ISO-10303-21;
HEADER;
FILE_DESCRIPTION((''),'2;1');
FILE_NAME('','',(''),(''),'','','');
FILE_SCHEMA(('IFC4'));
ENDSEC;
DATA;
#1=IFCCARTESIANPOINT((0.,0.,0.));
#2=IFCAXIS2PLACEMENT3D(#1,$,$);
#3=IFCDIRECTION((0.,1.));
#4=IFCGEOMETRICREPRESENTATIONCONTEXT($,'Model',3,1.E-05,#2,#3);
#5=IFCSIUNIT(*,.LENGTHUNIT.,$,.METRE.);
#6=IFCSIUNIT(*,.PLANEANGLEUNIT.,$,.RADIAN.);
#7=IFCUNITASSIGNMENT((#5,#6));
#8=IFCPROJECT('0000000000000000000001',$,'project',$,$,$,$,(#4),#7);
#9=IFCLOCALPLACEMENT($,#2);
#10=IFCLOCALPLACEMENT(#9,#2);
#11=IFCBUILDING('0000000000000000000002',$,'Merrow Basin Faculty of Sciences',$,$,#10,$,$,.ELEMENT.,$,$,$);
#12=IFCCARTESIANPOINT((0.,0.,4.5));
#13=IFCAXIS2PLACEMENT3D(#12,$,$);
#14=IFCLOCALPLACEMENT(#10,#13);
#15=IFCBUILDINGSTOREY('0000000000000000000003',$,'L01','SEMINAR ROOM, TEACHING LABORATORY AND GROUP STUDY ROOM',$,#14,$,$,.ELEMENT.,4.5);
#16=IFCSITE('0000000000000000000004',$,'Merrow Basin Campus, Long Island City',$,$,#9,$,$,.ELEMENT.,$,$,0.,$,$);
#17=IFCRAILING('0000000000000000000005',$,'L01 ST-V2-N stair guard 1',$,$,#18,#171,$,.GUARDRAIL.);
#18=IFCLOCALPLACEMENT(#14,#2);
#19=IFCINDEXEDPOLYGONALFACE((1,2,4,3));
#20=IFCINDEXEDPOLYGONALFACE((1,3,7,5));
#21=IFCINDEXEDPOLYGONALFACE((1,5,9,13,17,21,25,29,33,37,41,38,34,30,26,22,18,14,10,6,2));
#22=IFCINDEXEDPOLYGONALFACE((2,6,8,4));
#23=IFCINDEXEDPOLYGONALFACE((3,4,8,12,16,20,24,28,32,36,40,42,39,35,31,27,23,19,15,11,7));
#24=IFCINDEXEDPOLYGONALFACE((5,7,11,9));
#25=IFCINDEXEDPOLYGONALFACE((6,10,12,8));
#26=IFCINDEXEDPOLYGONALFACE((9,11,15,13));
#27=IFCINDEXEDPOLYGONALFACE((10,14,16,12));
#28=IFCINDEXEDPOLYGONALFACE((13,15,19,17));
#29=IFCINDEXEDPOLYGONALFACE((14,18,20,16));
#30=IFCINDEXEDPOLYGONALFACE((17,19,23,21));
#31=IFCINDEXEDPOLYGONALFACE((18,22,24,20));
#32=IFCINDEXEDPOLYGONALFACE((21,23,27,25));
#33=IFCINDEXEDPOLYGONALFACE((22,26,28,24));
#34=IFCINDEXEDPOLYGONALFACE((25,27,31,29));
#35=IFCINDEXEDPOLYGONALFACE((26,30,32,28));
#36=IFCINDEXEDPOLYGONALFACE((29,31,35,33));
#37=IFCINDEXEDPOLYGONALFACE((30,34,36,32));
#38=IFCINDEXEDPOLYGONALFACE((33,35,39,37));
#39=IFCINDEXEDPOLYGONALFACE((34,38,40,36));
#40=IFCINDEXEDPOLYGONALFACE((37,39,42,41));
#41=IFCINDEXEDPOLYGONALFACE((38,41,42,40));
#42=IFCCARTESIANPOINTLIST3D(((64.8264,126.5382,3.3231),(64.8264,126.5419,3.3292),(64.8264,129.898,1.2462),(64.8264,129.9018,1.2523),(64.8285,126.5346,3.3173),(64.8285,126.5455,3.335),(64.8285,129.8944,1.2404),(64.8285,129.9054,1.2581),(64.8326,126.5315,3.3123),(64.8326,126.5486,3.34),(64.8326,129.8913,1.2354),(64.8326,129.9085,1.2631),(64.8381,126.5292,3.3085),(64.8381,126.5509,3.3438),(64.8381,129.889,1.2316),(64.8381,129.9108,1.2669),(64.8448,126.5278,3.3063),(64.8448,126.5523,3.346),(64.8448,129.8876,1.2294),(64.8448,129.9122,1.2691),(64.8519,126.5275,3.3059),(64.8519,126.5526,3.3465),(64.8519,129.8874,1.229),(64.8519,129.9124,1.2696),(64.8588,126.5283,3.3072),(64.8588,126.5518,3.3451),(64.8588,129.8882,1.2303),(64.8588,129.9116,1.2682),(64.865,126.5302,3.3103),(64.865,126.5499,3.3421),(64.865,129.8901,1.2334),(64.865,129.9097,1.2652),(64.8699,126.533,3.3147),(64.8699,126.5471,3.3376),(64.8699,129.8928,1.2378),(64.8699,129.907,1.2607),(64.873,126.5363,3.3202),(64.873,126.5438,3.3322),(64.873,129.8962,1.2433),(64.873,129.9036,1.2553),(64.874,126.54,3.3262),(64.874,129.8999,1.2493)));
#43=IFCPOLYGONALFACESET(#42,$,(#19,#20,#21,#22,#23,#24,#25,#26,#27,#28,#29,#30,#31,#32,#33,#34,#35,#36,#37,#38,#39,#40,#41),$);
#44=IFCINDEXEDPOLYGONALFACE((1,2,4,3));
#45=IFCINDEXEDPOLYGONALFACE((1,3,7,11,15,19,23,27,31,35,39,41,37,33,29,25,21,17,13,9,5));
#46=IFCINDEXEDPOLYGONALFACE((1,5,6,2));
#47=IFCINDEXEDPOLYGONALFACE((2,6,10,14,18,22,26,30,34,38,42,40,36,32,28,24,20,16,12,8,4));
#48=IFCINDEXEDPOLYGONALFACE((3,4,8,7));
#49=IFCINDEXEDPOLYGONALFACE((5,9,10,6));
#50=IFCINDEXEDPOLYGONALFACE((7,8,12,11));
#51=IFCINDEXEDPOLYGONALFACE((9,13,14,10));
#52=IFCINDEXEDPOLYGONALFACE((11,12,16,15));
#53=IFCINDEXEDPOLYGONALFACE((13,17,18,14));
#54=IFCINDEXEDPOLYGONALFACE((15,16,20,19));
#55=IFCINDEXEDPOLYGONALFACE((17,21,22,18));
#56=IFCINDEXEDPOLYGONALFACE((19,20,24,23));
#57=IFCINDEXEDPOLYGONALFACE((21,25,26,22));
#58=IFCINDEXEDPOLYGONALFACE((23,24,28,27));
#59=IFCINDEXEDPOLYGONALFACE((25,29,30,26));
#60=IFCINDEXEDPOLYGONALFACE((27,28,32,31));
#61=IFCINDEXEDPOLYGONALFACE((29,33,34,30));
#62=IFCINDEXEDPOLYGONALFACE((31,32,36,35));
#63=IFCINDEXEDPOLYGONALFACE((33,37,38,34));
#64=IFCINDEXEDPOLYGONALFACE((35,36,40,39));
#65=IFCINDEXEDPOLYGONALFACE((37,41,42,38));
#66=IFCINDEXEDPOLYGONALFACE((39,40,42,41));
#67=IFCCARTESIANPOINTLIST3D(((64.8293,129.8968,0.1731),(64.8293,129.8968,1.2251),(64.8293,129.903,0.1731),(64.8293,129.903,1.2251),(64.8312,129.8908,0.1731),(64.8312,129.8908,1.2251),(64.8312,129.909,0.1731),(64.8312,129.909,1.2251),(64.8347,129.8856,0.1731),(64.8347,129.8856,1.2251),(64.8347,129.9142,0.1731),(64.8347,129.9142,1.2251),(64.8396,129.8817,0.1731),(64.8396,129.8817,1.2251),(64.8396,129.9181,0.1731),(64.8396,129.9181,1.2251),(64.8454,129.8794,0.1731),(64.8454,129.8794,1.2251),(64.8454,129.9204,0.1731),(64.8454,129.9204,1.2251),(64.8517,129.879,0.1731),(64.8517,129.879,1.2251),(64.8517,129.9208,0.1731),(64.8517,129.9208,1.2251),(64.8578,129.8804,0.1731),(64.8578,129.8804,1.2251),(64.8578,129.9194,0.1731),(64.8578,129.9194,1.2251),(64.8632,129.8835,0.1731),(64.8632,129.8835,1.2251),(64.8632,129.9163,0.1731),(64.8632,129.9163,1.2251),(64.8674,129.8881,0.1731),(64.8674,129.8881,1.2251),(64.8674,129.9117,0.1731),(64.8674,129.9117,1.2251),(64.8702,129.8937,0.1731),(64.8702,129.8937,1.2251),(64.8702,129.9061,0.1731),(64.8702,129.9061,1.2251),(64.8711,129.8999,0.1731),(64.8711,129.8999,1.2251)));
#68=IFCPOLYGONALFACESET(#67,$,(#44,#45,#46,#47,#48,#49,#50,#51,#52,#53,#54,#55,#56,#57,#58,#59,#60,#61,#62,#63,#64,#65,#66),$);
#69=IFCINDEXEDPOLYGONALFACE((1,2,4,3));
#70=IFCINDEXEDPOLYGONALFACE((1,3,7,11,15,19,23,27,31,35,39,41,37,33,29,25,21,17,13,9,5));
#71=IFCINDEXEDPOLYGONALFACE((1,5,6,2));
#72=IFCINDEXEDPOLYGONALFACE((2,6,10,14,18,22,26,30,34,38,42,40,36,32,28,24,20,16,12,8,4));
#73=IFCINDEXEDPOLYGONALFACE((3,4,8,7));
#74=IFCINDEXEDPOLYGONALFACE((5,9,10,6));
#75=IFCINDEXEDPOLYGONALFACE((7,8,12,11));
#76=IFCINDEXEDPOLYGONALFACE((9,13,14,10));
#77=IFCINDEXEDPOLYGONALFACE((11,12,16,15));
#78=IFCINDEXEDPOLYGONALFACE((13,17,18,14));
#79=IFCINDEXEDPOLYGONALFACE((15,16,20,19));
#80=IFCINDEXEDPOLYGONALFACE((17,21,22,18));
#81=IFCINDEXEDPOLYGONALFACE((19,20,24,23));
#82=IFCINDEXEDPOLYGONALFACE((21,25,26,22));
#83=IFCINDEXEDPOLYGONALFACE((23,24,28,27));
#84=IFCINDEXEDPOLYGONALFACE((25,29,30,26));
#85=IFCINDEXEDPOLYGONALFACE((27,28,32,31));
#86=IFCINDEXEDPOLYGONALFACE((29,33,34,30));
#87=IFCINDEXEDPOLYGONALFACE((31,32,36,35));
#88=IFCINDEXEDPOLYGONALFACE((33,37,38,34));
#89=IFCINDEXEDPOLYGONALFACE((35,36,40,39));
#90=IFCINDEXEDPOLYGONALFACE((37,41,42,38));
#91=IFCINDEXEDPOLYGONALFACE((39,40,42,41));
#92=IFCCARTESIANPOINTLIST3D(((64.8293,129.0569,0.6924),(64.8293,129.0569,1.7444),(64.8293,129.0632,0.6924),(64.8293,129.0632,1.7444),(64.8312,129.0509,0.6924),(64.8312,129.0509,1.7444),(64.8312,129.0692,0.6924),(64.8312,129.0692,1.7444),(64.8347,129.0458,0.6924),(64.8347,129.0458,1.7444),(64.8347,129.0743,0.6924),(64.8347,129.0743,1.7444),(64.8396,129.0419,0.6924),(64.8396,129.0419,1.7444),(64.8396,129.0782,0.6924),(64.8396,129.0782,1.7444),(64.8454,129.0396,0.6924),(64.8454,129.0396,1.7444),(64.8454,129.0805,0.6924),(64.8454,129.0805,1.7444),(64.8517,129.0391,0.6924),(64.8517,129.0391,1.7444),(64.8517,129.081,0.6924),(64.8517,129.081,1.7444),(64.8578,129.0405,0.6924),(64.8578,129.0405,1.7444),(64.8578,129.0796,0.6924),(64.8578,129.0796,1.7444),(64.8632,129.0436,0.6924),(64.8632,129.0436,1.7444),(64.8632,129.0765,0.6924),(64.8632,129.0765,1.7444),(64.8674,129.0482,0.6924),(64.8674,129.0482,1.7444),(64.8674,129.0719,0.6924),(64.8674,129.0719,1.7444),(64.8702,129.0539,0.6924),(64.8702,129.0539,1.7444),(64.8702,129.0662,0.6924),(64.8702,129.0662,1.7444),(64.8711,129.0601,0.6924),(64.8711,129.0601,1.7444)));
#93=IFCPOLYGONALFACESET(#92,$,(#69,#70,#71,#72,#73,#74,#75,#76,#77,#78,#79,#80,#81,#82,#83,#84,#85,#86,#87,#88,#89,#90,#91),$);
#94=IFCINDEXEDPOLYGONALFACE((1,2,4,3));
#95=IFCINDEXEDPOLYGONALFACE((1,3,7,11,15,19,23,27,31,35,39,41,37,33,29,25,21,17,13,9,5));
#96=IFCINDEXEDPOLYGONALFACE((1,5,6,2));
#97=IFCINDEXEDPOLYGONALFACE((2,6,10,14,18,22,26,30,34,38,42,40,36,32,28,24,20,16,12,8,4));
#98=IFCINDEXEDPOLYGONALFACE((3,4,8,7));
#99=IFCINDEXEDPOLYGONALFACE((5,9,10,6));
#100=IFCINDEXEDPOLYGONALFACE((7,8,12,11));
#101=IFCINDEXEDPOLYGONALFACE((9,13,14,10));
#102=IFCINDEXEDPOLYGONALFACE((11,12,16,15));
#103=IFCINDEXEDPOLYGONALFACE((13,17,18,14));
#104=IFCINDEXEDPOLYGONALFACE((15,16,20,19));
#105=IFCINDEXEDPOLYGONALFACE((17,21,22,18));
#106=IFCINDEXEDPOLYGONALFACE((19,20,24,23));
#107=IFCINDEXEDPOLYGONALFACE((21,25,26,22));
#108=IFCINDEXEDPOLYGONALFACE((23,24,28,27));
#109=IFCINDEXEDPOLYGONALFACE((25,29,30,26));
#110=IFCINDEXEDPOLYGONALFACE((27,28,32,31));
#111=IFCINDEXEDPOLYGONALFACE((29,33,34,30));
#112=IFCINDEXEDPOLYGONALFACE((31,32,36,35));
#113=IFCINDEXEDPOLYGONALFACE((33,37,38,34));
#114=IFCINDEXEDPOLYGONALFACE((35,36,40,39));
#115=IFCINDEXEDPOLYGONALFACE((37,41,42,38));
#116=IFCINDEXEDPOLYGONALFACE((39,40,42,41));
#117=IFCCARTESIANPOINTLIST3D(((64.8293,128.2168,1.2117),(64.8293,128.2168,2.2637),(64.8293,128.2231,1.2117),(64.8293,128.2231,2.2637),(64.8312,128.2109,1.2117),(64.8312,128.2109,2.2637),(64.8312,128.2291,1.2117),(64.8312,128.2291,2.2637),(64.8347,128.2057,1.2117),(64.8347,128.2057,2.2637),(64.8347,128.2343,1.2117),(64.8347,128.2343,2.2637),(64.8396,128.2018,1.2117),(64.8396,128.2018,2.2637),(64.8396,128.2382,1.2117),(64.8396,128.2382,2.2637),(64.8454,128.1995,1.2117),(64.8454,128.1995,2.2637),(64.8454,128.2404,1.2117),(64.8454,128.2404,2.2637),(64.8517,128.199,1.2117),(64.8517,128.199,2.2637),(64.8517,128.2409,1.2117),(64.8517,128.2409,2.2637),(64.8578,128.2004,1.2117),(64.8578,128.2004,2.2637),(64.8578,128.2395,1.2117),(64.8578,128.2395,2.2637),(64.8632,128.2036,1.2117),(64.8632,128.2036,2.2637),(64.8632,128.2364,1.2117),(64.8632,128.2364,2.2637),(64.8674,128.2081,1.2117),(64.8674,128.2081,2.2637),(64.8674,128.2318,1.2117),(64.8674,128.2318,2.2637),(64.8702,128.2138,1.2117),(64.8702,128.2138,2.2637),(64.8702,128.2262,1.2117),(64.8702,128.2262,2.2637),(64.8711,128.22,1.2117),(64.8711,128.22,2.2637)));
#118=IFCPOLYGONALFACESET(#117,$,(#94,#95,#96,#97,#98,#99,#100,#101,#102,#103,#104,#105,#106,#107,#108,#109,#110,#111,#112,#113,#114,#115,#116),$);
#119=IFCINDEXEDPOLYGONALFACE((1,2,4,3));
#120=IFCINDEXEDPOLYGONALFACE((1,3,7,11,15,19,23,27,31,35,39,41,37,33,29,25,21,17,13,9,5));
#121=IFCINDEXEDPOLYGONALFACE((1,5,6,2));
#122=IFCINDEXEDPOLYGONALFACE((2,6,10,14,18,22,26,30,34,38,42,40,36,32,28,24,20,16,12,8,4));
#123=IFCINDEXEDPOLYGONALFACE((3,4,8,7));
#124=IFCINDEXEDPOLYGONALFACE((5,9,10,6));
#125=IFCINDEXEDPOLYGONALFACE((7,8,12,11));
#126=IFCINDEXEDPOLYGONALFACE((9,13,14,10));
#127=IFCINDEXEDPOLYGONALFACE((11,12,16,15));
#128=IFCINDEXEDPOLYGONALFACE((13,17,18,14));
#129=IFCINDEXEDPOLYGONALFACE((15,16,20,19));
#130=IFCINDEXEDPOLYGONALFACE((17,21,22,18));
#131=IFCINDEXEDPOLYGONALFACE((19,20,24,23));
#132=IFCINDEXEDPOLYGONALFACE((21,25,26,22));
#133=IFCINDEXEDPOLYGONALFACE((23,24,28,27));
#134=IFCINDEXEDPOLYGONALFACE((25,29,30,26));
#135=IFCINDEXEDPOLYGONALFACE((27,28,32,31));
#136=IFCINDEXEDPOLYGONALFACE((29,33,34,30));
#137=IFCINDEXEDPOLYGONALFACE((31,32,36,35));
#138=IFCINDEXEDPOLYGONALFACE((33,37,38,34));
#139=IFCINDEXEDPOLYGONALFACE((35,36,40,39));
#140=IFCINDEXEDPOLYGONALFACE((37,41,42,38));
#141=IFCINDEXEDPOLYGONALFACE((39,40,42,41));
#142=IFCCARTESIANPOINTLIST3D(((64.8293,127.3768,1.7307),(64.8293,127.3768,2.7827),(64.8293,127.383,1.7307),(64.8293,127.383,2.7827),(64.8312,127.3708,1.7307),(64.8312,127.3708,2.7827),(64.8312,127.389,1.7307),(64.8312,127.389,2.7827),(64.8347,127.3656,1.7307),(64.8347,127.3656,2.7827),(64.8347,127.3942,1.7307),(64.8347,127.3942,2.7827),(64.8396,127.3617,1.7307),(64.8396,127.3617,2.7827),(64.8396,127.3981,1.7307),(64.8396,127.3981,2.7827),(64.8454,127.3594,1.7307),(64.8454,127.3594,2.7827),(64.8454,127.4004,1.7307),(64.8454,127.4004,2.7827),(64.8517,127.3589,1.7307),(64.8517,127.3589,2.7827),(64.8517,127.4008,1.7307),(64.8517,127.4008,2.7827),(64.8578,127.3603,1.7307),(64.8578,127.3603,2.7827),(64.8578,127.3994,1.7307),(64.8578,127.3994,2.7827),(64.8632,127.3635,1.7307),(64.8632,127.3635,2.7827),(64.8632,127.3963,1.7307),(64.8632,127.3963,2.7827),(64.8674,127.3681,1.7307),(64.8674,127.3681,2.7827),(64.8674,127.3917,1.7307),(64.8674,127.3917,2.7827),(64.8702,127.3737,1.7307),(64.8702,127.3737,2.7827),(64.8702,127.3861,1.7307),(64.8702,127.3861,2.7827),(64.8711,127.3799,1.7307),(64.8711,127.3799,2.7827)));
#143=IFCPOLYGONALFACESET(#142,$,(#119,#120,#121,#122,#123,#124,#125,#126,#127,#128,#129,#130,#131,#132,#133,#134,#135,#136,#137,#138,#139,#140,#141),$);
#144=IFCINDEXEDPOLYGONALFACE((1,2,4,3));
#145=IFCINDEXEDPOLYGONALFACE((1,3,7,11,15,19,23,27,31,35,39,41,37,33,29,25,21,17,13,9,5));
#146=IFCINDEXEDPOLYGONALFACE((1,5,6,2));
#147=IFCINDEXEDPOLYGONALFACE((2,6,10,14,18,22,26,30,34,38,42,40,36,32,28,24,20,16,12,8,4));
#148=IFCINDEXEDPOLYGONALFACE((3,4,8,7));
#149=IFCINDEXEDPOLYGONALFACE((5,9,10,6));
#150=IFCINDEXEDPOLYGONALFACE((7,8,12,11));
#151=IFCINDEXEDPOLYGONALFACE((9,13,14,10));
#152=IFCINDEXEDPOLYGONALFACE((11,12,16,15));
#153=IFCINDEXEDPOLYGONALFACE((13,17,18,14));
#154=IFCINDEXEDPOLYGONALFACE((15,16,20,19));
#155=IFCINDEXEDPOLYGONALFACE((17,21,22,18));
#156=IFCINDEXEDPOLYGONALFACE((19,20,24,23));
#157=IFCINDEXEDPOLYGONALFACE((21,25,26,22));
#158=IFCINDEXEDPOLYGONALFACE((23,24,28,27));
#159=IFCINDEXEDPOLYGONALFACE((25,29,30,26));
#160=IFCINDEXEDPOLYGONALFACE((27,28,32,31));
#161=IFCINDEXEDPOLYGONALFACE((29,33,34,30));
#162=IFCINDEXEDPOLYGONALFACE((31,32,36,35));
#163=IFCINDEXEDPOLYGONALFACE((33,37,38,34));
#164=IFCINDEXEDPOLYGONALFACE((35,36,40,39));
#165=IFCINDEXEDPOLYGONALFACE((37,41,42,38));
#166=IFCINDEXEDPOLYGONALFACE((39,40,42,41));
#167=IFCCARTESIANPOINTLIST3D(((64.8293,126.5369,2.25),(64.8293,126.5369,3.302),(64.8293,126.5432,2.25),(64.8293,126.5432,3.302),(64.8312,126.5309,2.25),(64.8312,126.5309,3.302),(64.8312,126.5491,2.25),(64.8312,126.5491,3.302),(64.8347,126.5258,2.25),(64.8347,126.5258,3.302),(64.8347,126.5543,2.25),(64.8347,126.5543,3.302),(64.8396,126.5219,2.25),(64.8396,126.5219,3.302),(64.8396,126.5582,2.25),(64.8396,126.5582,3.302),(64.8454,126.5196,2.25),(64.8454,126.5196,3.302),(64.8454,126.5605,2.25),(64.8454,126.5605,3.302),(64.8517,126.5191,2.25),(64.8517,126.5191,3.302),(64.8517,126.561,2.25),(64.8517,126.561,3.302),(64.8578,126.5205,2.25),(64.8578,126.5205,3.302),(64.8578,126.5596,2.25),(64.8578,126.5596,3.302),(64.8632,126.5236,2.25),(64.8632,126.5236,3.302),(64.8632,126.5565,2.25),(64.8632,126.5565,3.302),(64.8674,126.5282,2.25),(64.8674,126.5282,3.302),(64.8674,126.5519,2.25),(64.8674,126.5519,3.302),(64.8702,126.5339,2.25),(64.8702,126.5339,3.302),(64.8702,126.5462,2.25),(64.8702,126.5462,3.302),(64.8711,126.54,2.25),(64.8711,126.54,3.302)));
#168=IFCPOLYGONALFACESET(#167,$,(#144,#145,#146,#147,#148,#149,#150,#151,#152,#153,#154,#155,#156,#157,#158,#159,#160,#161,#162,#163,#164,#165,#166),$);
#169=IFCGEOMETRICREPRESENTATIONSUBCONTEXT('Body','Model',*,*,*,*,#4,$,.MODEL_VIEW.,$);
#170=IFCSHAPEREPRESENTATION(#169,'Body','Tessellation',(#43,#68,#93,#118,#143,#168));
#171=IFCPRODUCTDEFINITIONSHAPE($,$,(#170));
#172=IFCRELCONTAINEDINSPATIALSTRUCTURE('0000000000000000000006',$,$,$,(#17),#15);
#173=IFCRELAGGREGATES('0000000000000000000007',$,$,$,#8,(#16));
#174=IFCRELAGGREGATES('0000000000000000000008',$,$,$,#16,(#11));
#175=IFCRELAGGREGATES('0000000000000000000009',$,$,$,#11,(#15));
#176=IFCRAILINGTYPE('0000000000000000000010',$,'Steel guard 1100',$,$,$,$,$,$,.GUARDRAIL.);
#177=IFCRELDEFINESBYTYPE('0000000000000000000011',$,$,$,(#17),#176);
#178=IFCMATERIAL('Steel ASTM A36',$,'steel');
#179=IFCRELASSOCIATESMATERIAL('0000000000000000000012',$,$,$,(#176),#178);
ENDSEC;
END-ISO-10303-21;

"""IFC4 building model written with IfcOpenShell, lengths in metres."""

from ifc_helpers import new_model, si_unit, direction, frame, origin, origin_2d, place, context, subcontext, project, spatial, circle, extrude, material, type_object, element, save


model = new_model("IFC4")

# Units and contexts
model_context = context("Model", 3, precision=1e-05, world=origin(), true_north=direction((0.0, 1.0)))
body_context = subcontext(model_context, "Body", "Model", "MODEL_VIEW")
ifc_project = project(units=[si_unit("LENGTHUNIT", "METRE"), si_unit("PLANEANGLEUNIT", "RADIAN")], contexts=[model_context])

# Site, building, storey
site_placement = place(None, origin())
site = spatial("IfcSite", under=ifc_project, at=site_placement, Name="Merrow Basin Campus, Long Island City", CompositionType="ELEMENT", RefElevation=0.0)
building_placement = place(site_placement, origin())
building = spatial("IfcBuilding", under=site, at=building_placement, Name="Merrow Basin Faculty of Sciences", CompositionType="ELEMENT")
storey_placement = place(building_placement, frame((0.0, 0.0, 4.5)))
storey = spatial("IfcBuildingStorey", under=building, at=storey_placement, Name="L01", Description="SEMINAR ROOM, TEACHING LABORATORY AND GROUP STUDY ROOM", CompositionType="ELEMENT", Elevation=4.5)

# Railing
ifc_material_1 = material(Name="Steel ASTM A36", Category="steel")
railing_type_1 = type_object("IfcRailingType", Name="Steel guard 1100", PredefinedType="GUARDRAIL", material=ifc_material_1)
railing_1_placement = place(storey_placement, frame((64.8501, 129.8999, 0.1731)))
element("IfcRailing", 1, at=railing_1_placement, inside=storey, type_object=railing_type_1, Name="L01 ST-V2-N stair guard 1", PredefinedType="GUARDRAIL", context=body_context, shape_type="SweptSolid", body=[
    extrude(circle(Radius=0.0239, at=origin_2d()), frame((0.0, 0.0, 1.0762), z_axis=(0.0, -0.850606, 0.525803), x_axis=(1.0, 0.0, 0.0)), (0.0, 0.0, 1.0), 3.95),
    extrude(circle(Radius=0.021, at=origin_2d()), origin(), (0.0, 0.0, 1.0), 1.052),
    extrude(circle(Radius=0.021, at=origin_2d()), frame((0.0, -0.8398, 0.5193)), (0.0, 0.0, 1.0), 1.052),
    extrude(circle(Radius=0.021, at=origin_2d()), frame((0.0, -1.6799, 1.0386)), (0.0, 0.0, 1.0), 1.052),
    extrude(circle(Radius=0.021, at=origin_2d()), frame((0.0, -2.52, 1.5576)), (0.0, 0.0, 1.0), 1.052),
    extrude(circle(Radius=0.021, at=origin_2d()), frame((0.0, -3.3599, 2.0769)), (0.0, 0.0, 1.0), 1.052),
])

save(model, "model.ifc")
